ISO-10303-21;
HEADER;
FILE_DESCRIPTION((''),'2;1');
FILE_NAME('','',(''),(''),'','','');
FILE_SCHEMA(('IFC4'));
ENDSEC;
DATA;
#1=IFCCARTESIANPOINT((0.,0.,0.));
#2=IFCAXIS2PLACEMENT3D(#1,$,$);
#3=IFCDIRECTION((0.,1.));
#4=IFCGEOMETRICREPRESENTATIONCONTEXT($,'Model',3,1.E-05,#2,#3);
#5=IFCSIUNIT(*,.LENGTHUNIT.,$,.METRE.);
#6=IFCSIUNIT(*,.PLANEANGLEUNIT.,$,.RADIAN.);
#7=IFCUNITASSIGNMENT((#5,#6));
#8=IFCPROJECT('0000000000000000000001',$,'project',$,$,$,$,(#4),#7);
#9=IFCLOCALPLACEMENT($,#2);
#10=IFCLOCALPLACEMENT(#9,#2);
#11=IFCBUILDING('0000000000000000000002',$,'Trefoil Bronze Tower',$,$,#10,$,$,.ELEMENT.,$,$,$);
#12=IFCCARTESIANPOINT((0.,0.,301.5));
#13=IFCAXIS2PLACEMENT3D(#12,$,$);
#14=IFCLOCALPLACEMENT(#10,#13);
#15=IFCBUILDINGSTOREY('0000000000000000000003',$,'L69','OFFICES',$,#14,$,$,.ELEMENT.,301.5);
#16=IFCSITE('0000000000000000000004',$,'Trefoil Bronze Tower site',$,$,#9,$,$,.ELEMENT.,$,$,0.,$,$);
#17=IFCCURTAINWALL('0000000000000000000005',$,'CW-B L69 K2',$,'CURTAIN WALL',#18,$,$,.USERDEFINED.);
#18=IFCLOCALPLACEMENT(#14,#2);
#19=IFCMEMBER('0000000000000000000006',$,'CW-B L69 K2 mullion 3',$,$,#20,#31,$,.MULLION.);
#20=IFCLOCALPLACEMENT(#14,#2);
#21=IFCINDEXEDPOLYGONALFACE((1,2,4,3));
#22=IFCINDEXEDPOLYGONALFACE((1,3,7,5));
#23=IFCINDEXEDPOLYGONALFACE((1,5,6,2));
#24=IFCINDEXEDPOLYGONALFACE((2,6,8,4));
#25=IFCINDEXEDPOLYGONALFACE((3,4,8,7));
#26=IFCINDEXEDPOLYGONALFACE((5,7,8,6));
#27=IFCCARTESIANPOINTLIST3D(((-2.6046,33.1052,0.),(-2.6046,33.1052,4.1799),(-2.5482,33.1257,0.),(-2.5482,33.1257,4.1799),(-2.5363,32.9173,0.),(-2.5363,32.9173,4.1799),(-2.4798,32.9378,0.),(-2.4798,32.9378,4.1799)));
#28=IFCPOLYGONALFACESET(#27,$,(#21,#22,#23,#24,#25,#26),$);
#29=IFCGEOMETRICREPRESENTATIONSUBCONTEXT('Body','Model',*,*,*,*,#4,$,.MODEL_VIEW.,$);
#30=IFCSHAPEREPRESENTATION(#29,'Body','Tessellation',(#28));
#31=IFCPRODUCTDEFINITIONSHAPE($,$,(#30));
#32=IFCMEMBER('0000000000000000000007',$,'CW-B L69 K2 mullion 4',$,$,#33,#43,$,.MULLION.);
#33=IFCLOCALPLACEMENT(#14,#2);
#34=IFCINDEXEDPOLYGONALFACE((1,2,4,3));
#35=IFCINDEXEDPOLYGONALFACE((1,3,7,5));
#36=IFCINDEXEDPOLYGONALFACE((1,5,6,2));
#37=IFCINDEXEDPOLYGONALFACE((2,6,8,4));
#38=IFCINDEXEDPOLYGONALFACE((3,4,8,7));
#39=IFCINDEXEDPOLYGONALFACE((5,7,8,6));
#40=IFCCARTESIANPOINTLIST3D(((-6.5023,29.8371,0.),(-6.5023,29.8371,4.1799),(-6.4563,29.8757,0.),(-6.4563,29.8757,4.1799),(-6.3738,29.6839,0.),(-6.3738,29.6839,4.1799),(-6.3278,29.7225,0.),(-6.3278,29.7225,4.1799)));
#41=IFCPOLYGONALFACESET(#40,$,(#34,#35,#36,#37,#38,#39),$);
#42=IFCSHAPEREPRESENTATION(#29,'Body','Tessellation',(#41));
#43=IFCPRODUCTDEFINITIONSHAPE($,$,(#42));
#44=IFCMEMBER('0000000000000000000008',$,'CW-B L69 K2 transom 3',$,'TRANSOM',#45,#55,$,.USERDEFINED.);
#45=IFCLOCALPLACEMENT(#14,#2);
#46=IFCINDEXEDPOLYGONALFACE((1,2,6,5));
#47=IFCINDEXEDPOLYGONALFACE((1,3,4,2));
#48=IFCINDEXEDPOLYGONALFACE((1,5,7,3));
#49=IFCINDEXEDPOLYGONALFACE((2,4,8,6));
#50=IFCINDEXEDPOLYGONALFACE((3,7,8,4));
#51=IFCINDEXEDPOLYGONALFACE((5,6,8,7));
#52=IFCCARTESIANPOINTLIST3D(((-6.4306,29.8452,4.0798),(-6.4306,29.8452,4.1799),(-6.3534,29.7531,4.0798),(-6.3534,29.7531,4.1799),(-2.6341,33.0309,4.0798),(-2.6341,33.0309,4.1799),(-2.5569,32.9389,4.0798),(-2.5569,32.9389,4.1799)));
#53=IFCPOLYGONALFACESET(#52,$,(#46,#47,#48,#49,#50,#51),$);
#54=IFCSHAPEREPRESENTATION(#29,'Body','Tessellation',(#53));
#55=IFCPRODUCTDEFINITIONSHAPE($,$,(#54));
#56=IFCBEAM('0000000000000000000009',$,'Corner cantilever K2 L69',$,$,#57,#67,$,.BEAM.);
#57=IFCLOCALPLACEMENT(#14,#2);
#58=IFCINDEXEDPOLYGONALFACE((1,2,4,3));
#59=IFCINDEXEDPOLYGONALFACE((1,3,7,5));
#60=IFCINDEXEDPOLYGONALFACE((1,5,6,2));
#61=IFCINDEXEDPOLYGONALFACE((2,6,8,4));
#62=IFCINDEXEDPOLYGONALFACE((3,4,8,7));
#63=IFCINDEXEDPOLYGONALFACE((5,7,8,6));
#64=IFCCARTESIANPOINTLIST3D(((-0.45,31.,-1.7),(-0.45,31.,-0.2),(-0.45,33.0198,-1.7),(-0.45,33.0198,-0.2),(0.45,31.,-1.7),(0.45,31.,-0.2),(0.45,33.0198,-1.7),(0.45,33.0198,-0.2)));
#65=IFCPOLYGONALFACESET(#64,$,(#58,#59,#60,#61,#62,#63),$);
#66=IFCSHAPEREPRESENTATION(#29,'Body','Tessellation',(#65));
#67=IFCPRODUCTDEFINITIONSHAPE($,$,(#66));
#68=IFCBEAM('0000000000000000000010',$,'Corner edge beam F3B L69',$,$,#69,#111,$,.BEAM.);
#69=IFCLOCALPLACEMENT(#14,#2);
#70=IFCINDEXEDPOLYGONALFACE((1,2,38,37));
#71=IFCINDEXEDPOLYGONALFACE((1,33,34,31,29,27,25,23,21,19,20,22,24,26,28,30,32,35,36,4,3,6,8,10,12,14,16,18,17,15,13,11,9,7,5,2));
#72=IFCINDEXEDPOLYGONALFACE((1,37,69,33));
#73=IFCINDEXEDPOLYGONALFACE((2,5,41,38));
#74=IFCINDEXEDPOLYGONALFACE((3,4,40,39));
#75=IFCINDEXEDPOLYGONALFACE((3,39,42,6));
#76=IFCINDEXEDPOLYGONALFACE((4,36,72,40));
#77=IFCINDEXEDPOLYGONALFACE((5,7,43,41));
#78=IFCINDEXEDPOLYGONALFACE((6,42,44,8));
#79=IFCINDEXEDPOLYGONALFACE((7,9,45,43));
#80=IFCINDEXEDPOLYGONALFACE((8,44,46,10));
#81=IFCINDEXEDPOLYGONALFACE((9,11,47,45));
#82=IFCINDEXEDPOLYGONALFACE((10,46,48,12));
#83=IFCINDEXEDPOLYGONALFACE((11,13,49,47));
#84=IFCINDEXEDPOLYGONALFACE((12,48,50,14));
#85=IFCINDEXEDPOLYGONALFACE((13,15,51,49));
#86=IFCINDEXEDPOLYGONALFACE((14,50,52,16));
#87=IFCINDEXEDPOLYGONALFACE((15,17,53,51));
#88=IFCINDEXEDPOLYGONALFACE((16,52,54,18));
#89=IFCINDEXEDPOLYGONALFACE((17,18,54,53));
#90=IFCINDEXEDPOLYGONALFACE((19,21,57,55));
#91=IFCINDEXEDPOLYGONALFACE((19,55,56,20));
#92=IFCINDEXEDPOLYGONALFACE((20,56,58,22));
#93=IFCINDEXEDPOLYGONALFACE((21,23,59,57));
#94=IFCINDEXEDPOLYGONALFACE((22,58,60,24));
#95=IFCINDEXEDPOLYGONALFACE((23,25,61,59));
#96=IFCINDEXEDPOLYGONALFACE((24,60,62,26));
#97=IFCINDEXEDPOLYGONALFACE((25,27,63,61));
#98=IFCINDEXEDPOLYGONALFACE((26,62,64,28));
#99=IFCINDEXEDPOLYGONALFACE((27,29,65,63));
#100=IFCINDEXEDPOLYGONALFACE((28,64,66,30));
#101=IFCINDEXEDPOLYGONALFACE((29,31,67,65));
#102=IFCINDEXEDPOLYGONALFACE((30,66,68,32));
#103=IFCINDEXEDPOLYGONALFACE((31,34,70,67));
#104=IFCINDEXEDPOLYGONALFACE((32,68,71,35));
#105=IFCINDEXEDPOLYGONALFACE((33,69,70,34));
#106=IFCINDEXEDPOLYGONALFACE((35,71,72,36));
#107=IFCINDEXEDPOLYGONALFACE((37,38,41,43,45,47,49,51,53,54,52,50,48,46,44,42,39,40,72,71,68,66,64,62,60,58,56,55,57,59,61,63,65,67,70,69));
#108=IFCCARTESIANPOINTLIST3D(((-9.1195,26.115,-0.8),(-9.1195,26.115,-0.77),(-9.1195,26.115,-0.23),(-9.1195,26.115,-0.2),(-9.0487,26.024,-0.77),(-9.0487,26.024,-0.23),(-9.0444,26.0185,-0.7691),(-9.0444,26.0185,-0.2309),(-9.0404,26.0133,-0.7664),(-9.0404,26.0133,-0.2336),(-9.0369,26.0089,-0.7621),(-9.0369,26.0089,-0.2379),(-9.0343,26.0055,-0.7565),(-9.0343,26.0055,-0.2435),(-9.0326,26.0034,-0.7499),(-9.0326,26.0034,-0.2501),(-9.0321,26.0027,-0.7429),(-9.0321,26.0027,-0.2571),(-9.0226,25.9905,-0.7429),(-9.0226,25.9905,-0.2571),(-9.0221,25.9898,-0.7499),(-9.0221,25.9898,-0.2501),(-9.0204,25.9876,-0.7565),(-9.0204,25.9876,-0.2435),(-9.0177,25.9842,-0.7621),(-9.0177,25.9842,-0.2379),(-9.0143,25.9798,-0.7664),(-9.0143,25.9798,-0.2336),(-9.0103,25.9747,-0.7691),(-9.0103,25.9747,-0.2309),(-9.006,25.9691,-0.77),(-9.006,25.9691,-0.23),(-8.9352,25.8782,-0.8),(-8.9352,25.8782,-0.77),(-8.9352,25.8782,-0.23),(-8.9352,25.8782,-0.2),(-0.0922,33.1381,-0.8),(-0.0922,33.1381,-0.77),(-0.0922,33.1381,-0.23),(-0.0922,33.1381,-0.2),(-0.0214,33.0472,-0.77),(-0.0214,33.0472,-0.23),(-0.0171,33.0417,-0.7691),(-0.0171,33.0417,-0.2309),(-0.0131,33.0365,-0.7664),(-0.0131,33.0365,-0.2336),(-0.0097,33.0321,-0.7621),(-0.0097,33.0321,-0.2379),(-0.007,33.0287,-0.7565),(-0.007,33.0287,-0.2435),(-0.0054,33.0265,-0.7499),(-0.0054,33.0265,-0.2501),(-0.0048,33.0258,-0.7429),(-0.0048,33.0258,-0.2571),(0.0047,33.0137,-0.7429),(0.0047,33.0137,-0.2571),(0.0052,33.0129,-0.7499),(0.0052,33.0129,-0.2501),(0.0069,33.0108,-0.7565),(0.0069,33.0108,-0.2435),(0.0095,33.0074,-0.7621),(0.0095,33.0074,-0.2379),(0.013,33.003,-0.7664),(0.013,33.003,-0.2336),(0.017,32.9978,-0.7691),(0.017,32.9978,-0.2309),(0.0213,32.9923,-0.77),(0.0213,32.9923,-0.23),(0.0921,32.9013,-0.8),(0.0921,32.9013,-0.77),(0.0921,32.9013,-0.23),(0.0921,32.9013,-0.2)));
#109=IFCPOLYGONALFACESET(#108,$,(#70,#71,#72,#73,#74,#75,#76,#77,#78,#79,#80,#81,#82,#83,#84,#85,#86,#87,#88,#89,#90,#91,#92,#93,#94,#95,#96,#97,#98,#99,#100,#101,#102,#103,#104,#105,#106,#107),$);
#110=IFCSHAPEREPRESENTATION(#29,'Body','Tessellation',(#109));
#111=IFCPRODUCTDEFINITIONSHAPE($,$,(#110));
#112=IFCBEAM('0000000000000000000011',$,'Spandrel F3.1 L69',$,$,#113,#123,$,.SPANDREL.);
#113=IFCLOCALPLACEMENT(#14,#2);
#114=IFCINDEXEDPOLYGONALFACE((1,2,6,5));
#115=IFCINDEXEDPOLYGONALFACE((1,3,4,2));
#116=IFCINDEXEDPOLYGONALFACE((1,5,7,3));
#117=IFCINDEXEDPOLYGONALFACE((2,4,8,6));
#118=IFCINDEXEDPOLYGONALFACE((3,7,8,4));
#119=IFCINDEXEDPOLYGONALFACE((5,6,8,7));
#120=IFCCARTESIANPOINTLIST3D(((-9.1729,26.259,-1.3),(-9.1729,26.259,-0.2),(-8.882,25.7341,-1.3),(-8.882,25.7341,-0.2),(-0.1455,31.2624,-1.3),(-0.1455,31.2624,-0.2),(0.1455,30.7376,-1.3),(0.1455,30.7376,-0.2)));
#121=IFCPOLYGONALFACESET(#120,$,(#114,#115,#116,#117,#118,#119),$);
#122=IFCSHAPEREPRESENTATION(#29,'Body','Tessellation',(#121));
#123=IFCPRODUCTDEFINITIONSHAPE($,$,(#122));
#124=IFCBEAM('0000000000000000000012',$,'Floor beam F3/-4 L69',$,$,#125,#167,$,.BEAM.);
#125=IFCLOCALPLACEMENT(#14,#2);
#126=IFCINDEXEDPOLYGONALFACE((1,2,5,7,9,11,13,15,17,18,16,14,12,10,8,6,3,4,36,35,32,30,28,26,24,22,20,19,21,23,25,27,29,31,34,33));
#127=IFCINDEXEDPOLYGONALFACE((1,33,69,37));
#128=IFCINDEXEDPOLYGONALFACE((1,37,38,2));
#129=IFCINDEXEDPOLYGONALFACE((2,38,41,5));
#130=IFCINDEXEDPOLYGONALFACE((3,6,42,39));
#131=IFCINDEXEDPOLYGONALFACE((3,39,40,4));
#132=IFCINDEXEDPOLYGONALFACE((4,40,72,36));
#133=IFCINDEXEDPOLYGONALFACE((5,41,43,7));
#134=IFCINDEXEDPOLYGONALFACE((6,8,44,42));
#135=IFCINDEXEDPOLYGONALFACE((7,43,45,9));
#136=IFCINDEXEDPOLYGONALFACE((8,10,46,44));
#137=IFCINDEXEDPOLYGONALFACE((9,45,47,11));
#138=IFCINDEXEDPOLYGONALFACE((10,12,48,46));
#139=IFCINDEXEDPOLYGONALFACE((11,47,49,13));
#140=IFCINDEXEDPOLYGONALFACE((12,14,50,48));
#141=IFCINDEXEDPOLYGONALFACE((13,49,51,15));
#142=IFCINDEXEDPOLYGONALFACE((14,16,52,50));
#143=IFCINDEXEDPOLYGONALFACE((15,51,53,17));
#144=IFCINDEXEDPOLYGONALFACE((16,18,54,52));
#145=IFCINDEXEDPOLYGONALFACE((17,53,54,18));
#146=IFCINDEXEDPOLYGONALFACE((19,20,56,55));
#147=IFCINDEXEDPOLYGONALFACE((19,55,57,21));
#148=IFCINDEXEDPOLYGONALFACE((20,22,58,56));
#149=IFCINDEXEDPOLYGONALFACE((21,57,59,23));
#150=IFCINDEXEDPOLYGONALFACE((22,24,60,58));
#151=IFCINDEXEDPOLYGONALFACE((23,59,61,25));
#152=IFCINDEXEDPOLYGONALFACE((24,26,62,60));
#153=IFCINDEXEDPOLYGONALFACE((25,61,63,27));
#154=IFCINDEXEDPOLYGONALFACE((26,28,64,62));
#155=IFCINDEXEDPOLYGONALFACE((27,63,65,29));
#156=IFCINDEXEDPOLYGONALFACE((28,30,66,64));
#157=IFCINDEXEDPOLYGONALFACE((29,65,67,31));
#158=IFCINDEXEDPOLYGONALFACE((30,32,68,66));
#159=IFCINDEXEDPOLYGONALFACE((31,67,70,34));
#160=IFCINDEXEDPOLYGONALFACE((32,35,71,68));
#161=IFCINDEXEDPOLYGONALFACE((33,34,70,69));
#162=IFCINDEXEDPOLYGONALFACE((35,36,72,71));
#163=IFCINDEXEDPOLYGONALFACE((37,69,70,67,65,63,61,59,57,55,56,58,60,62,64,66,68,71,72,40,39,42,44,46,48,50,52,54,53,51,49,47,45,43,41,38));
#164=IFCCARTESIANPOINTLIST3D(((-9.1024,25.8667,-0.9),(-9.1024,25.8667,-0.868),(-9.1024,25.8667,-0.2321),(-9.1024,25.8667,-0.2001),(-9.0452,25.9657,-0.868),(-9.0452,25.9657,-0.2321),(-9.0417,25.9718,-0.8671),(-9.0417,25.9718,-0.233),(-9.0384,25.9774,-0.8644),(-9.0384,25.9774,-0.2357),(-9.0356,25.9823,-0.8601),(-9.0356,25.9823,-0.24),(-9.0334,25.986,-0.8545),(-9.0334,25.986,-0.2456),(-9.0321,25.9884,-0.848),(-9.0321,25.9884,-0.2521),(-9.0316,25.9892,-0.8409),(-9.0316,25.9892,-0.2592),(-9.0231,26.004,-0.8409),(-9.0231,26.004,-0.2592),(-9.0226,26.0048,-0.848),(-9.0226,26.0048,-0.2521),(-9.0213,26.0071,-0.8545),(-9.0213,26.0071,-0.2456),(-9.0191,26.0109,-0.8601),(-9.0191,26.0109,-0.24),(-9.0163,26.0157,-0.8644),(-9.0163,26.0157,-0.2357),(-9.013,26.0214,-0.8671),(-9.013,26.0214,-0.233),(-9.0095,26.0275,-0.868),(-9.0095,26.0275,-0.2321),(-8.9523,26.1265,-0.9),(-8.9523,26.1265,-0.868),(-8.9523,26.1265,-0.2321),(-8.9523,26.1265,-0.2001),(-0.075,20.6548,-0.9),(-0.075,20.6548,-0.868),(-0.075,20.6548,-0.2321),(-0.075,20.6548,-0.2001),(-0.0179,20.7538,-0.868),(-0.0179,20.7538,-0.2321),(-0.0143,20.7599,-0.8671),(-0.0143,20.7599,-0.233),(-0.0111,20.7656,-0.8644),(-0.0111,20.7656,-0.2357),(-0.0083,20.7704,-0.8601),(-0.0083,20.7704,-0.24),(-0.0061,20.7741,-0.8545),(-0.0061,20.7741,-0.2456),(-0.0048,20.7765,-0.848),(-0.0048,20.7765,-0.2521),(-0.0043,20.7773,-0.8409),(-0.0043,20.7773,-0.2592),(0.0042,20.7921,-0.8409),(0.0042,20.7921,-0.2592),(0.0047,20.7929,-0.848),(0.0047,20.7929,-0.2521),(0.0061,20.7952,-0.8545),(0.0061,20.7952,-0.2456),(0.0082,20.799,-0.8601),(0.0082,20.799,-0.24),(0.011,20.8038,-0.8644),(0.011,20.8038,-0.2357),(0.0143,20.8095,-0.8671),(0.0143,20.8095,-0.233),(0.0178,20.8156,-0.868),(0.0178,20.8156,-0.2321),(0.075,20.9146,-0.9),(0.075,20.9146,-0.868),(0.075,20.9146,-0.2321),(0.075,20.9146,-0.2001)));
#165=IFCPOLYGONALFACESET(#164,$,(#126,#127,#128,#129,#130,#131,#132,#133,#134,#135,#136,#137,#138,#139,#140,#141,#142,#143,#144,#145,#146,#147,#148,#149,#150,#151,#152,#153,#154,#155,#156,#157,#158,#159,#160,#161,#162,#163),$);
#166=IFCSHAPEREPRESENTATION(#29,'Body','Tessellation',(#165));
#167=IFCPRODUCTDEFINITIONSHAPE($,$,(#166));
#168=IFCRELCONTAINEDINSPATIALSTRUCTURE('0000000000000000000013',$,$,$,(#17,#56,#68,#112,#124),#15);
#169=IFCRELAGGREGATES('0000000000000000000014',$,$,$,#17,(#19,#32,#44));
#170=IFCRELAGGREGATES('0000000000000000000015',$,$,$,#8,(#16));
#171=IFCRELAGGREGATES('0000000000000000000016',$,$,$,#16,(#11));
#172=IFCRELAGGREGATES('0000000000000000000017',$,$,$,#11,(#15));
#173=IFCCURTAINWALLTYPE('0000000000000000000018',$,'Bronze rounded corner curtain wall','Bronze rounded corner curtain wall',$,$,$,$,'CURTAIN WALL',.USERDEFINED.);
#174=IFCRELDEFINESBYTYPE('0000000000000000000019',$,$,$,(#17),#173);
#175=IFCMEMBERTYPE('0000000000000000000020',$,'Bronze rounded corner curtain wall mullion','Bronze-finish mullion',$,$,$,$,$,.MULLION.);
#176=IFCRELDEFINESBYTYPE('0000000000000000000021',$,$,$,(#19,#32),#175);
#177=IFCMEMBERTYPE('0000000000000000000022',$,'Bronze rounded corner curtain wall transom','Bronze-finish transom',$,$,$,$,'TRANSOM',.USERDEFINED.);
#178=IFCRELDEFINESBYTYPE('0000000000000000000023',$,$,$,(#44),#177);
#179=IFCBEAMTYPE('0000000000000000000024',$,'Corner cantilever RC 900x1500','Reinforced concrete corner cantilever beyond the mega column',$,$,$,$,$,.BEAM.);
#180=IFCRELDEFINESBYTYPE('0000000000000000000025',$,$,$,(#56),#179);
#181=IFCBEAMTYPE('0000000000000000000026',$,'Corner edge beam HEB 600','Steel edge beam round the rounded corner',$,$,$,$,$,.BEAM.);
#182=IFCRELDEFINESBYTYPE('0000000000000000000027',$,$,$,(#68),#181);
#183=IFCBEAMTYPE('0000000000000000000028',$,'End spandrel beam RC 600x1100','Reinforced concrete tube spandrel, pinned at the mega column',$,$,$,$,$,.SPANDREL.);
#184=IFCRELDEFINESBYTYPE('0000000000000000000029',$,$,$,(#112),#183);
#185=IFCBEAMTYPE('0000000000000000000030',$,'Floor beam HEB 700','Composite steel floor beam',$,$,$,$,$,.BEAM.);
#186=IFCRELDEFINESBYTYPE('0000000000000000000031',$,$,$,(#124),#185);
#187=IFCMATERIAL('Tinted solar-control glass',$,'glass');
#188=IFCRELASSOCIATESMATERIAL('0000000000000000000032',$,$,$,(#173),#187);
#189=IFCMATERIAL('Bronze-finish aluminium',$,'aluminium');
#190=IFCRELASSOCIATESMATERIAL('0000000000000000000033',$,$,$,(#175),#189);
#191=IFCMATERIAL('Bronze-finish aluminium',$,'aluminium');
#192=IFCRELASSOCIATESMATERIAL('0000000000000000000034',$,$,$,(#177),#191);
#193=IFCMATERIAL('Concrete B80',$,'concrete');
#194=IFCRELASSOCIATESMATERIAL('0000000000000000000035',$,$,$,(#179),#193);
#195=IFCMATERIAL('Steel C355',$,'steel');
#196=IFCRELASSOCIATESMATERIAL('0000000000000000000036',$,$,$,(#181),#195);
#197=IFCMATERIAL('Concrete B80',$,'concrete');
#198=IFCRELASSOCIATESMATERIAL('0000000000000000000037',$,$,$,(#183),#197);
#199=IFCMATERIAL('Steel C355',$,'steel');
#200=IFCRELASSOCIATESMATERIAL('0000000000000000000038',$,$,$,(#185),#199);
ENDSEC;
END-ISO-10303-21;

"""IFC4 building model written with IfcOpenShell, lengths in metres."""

from ifc_helpers import new_model, si_unit, direction, frame, origin, origin_2d, place, context, subcontext, project, spatial, rectangle, i_section, extrude, material, material_profile, profile_set, type_object, element, aggregate, save


model = new_model("IFC4")

# Units and contexts
model_context = context("Model", 3, precision=1e-05, world=origin(), true_north=direction((0.0, 1.0)))
body_context = subcontext(model_context, "Body", "Model", "MODEL_VIEW")
ifc_project = project(units=[si_unit("LENGTHUNIT", "METRE"), si_unit("PLANEANGLEUNIT", "RADIAN")], contexts=[model_context])

# Site, building, storey
site_placement = place(None, origin())
site = spatial("IfcSite", under=ifc_project, at=site_placement, Name="Trefoil Bronze Tower site", CompositionType="ELEMENT", RefElevation=0.0)
building_placement = place(site_placement, origin())
building = spatial("IfcBuilding", under=site, at=building_placement, Name="Trefoil Bronze Tower", CompositionType="ELEMENT")
storey_placement = place(building_placement, frame((0.0, 0.0, 301.5)))
storey = spatial("IfcBuildingStorey", under=building, at=storey_placement, Name="L69", Description="OFFICES", CompositionType="ELEMENT", Elevation=301.5)

# Curtain wall, members
ifc_material_1 = material(Name="Tinted solar-control glass", Category="glass")
curtain_wall_type_1 = type_object("IfcCurtainWallType", Name="Bronze rounded corner curtain wall", Description="Bronze rounded corner curtain wall", ElementType="CURTAIN WALL", PredefinedType="USERDEFINED", material=ifc_material_1)
curtain_wall_1_placement = place(storey_placement, origin())
curtain_wall_1 = element("IfcCurtainWall", 1, at=curtain_wall_1_placement, inside=storey, type_object=curtain_wall_type_1, Name="CW-B L69 K2", ObjectType="CURTAIN WALL", PredefinedType="USERDEFINED")
ifc_material_2 = material(Name="Bronze-finish aluminium", Category="aluminium")
ifc_material_profile_1 = material_profile(ifc_material_2, rectangle(XDim=0.2, YDim=0.0601, at=origin_2d()), Name="CW-B mullion")
ifc_profile_set_1 = profile_set([ifc_material_profile_1], Name="Bronze-finish aluminium")
member_type_1 = type_object("IfcMemberType", Name="Bronze rounded corner curtain wall mullion", Description="Bronze-finish mullion", PredefinedType="MULLION", material=ifc_profile_set_1)
member_1_placement = place(storey_placement, frame((-2.5422, 33.0215, 0.0), z_axis=(0.0, 0.0, 1.0), x_axis=(0.34202, -0.939693, 0.0)))
member_1 = element("IfcMember", 2, at=member_1_placement, type_object=member_type_1, Name="CW-B L69 K2 mullion 3", PredefinedType="MULLION", context=body_context, shape_type="SweptSolid", body=[
    extrude(rectangle(XDim=0.2, YDim=0.0601, at=origin_2d()), origin(), (0.0, 0.0, 1.0), 4.1799),
])
member_2_placement = place(storey_placement, frame((-6.415, 29.7798, 0.0), z_axis=(0.0, 0.0, 1.0), x_axis=(0.642788, -0.766044, 0.0)))
member_2 = element("IfcMember", 3, at=member_2_placement, type_object=member_type_1, Name="CW-B L69 K2 mullion 4", PredefinedType="MULLION", context=body_context, shape_type="SweptSolid", body=[
    extrude(rectangle(XDim=0.2, YDim=0.0601, at=origin_2d()), origin(), (0.0, 0.0, 1.0), 4.1799),
])
ifc_material_3 = material(Name="Bronze-finish aluminium", Category="aluminium")
ifc_material_profile_2 = material_profile(ifc_material_3, rectangle(XDim=0.1201, YDim=0.1001, at=origin_2d()), Name="CW-B transom")
ifc_profile_set_2 = profile_set([ifc_material_profile_2], Name="Bronze-finish aluminium")
member_type_2 = type_object("IfcMemberType", Name="Bronze rounded corner curtain wall transom", Description="Bronze-finish transom", ElementType="TRANSOM", PredefinedType="USERDEFINED", material=ifc_profile_set_2)
member_3_placement = place(storey_placement, frame((-2.5955, 32.9849, 4.1299), z_axis=(-0.766041, -0.642792, 0.0), x_axis=(0.642792, -0.766041, 0.0)))
member_3 = element("IfcMember", 4, at=member_3_placement, type_object=member_type_2, Name="CW-B L69 K2 transom 3", ObjectType="TRANSOM", PredefinedType="USERDEFINED", context=body_context, shape_type="SweptSolid", body=[
    extrude(rectangle(XDim=0.1201, YDim=0.1001, at=origin_2d()), origin(), (0.0, 0.0, 1.0), 4.9561),
])

# Beams
ifc_material_4 = material(Name="Concrete B80", Category="concrete")
ifc_material_profile_3 = material_profile(ifc_material_4, rectangle(XDim=0.8999, YDim=1.5, at=origin_2d()), Name="RC 900x1500")
ifc_profile_set_3 = profile_set([ifc_material_profile_3], Name="Concrete B80")
beam_type_1 = type_object("IfcBeamType", Name="Corner cantilever RC 900x1500", Description="Reinforced concrete corner cantilever beyond the mega column", PredefinedType="BEAM", material=ifc_profile_set_3)
beam_1_placement = place(storey_placement, frame((0.0, 31.0, -0.95), z_axis=(0.0, 1.0, 0.0), x_axis=(-1.0, 0.0, 0.0)))
element("IfcBeam", 5, at=beam_1_placement, inside=storey, type_object=beam_type_1, Name="Corner cantilever K2 L69", PredefinedType="BEAM", context=body_context, shape_type="SweptSolid", body=[
    extrude(rectangle(XDim=0.8999, YDim=1.5, at=origin_2d()), origin(), (0.0, 0.0, 1.0), 2.0198),
])
ifc_material_5 = material(Name="Steel C355", Category="steel")
ifc_material_profile_4 = material_profile(ifc_material_5, i_section(OverallWidth=0.3, OverallDepth=0.6001, WebThickness=0.0154, FlangeThickness=0.03, FilletRadius=0.0271, at=origin_2d()), Name="HEB 600")
ifc_profile_set_4 = profile_set([ifc_material_profile_4], Name="Steel C355")
beam_type_2 = type_object("IfcBeamType", Name="Corner edge beam HEB 600", Description="Steel edge beam round the rounded corner", PredefinedType="BEAM", material=ifc_profile_set_4)
beam_2_placement = place(storey_placement, frame((-9.0273, 25.9966, -0.5), z_axis=(0.789271, 0.614046, 0.0), x_axis=(-0.614046, 0.789271, 0.0)))
element("IfcBeam", 6, at=beam_2_placement, inside=storey, type_object=beam_type_2, Name="Corner edge beam F3B L69", PredefinedType="BEAM", context=body_context, shape_type="SweptSolid", body=[
    extrude(i_section(OverallWidth=0.3, OverallDepth=0.6001, WebThickness=0.0154, FlangeThickness=0.03, FilletRadius=0.0271, at=origin_2d()), origin(), (0.0, 0.0, 1.0), 11.4375),
])
ifc_material_6 = material(Name="Concrete B80", Category="concrete")
ifc_material_profile_5 = material_profile(ifc_material_6, rectangle(XDim=0.6001, YDim=1.1001, at=origin_2d()), Name="RC 600x1100")
ifc_profile_set_5 = profile_set([ifc_material_profile_5], Name="Concrete B80")
beam_type_3 = type_object("IfcBeamType", Name="End spandrel beam RC 600x1100", Description="Reinforced concrete tube spandrel, pinned at the mega column", PredefinedType="SPANDREL", material=ifc_profile_set_5)
beam_3_placement = place(storey_placement, frame((0.0, 31.0, -0.75), z_axis=(-0.874641, -0.484771, 0.0), x_axis=(0.484771, -0.874641, 0.0)))
element("IfcBeam", 7, at=beam_3_placement, inside=storey, type_object=beam_type_3, Name="Spandrel F3.1 L69", PredefinedType="SPANDREL", context=body_context, shape_type="SweptSolid", body=[
    extrude(rectangle(XDim=0.6001, YDim=1.1001, at=origin_2d()), origin(), (0.0, 0.0, 1.0), 10.3213),
])
ifc_material_7 = material(Name="Steel C355", Category="steel")
ifc_material_profile_6 = material_profile(ifc_material_7, i_section(OverallWidth=0.3, OverallDepth=0.7, WebThickness=0.0171, FlangeThickness=0.032, FilletRadius=0.0271, at=origin_2d()), Name="HEB 700")
ifc_profile_set_6 = profile_set([ifc_material_profile_6], Name="Steel C355")
beam_type_4 = type_object("IfcBeamType", Name="Floor beam HEB 700", Description="Composite steel floor beam", PredefinedType="BEAM", material=ifc_profile_set_6)
beam_4_placement = place(storey_placement, frame((-9.0273, 25.9966, -0.55), z_axis=(0.866026, -0.499998, 0.0), x_axis=(0.499998, 0.866026, 0.0)))
element("IfcBeam", 8, at=beam_4_placement, inside=storey, type_object=beam_type_4, Name="Floor beam F3/-4 L69", PredefinedType="BEAM", context=body_context, shape_type="SweptSolid", body=[
    extrude(i_section(OverallWidth=0.3, OverallDepth=0.7, WebThickness=0.0171, FlangeThickness=0.032, FilletRadius=0.0271, at=origin_2d()), origin(), (0.0, 0.0, 1.0), 10.4238),
])

aggregate(curtain_wall_1, [member_1, member_2, member_3])

save(model, "model.ifc")
